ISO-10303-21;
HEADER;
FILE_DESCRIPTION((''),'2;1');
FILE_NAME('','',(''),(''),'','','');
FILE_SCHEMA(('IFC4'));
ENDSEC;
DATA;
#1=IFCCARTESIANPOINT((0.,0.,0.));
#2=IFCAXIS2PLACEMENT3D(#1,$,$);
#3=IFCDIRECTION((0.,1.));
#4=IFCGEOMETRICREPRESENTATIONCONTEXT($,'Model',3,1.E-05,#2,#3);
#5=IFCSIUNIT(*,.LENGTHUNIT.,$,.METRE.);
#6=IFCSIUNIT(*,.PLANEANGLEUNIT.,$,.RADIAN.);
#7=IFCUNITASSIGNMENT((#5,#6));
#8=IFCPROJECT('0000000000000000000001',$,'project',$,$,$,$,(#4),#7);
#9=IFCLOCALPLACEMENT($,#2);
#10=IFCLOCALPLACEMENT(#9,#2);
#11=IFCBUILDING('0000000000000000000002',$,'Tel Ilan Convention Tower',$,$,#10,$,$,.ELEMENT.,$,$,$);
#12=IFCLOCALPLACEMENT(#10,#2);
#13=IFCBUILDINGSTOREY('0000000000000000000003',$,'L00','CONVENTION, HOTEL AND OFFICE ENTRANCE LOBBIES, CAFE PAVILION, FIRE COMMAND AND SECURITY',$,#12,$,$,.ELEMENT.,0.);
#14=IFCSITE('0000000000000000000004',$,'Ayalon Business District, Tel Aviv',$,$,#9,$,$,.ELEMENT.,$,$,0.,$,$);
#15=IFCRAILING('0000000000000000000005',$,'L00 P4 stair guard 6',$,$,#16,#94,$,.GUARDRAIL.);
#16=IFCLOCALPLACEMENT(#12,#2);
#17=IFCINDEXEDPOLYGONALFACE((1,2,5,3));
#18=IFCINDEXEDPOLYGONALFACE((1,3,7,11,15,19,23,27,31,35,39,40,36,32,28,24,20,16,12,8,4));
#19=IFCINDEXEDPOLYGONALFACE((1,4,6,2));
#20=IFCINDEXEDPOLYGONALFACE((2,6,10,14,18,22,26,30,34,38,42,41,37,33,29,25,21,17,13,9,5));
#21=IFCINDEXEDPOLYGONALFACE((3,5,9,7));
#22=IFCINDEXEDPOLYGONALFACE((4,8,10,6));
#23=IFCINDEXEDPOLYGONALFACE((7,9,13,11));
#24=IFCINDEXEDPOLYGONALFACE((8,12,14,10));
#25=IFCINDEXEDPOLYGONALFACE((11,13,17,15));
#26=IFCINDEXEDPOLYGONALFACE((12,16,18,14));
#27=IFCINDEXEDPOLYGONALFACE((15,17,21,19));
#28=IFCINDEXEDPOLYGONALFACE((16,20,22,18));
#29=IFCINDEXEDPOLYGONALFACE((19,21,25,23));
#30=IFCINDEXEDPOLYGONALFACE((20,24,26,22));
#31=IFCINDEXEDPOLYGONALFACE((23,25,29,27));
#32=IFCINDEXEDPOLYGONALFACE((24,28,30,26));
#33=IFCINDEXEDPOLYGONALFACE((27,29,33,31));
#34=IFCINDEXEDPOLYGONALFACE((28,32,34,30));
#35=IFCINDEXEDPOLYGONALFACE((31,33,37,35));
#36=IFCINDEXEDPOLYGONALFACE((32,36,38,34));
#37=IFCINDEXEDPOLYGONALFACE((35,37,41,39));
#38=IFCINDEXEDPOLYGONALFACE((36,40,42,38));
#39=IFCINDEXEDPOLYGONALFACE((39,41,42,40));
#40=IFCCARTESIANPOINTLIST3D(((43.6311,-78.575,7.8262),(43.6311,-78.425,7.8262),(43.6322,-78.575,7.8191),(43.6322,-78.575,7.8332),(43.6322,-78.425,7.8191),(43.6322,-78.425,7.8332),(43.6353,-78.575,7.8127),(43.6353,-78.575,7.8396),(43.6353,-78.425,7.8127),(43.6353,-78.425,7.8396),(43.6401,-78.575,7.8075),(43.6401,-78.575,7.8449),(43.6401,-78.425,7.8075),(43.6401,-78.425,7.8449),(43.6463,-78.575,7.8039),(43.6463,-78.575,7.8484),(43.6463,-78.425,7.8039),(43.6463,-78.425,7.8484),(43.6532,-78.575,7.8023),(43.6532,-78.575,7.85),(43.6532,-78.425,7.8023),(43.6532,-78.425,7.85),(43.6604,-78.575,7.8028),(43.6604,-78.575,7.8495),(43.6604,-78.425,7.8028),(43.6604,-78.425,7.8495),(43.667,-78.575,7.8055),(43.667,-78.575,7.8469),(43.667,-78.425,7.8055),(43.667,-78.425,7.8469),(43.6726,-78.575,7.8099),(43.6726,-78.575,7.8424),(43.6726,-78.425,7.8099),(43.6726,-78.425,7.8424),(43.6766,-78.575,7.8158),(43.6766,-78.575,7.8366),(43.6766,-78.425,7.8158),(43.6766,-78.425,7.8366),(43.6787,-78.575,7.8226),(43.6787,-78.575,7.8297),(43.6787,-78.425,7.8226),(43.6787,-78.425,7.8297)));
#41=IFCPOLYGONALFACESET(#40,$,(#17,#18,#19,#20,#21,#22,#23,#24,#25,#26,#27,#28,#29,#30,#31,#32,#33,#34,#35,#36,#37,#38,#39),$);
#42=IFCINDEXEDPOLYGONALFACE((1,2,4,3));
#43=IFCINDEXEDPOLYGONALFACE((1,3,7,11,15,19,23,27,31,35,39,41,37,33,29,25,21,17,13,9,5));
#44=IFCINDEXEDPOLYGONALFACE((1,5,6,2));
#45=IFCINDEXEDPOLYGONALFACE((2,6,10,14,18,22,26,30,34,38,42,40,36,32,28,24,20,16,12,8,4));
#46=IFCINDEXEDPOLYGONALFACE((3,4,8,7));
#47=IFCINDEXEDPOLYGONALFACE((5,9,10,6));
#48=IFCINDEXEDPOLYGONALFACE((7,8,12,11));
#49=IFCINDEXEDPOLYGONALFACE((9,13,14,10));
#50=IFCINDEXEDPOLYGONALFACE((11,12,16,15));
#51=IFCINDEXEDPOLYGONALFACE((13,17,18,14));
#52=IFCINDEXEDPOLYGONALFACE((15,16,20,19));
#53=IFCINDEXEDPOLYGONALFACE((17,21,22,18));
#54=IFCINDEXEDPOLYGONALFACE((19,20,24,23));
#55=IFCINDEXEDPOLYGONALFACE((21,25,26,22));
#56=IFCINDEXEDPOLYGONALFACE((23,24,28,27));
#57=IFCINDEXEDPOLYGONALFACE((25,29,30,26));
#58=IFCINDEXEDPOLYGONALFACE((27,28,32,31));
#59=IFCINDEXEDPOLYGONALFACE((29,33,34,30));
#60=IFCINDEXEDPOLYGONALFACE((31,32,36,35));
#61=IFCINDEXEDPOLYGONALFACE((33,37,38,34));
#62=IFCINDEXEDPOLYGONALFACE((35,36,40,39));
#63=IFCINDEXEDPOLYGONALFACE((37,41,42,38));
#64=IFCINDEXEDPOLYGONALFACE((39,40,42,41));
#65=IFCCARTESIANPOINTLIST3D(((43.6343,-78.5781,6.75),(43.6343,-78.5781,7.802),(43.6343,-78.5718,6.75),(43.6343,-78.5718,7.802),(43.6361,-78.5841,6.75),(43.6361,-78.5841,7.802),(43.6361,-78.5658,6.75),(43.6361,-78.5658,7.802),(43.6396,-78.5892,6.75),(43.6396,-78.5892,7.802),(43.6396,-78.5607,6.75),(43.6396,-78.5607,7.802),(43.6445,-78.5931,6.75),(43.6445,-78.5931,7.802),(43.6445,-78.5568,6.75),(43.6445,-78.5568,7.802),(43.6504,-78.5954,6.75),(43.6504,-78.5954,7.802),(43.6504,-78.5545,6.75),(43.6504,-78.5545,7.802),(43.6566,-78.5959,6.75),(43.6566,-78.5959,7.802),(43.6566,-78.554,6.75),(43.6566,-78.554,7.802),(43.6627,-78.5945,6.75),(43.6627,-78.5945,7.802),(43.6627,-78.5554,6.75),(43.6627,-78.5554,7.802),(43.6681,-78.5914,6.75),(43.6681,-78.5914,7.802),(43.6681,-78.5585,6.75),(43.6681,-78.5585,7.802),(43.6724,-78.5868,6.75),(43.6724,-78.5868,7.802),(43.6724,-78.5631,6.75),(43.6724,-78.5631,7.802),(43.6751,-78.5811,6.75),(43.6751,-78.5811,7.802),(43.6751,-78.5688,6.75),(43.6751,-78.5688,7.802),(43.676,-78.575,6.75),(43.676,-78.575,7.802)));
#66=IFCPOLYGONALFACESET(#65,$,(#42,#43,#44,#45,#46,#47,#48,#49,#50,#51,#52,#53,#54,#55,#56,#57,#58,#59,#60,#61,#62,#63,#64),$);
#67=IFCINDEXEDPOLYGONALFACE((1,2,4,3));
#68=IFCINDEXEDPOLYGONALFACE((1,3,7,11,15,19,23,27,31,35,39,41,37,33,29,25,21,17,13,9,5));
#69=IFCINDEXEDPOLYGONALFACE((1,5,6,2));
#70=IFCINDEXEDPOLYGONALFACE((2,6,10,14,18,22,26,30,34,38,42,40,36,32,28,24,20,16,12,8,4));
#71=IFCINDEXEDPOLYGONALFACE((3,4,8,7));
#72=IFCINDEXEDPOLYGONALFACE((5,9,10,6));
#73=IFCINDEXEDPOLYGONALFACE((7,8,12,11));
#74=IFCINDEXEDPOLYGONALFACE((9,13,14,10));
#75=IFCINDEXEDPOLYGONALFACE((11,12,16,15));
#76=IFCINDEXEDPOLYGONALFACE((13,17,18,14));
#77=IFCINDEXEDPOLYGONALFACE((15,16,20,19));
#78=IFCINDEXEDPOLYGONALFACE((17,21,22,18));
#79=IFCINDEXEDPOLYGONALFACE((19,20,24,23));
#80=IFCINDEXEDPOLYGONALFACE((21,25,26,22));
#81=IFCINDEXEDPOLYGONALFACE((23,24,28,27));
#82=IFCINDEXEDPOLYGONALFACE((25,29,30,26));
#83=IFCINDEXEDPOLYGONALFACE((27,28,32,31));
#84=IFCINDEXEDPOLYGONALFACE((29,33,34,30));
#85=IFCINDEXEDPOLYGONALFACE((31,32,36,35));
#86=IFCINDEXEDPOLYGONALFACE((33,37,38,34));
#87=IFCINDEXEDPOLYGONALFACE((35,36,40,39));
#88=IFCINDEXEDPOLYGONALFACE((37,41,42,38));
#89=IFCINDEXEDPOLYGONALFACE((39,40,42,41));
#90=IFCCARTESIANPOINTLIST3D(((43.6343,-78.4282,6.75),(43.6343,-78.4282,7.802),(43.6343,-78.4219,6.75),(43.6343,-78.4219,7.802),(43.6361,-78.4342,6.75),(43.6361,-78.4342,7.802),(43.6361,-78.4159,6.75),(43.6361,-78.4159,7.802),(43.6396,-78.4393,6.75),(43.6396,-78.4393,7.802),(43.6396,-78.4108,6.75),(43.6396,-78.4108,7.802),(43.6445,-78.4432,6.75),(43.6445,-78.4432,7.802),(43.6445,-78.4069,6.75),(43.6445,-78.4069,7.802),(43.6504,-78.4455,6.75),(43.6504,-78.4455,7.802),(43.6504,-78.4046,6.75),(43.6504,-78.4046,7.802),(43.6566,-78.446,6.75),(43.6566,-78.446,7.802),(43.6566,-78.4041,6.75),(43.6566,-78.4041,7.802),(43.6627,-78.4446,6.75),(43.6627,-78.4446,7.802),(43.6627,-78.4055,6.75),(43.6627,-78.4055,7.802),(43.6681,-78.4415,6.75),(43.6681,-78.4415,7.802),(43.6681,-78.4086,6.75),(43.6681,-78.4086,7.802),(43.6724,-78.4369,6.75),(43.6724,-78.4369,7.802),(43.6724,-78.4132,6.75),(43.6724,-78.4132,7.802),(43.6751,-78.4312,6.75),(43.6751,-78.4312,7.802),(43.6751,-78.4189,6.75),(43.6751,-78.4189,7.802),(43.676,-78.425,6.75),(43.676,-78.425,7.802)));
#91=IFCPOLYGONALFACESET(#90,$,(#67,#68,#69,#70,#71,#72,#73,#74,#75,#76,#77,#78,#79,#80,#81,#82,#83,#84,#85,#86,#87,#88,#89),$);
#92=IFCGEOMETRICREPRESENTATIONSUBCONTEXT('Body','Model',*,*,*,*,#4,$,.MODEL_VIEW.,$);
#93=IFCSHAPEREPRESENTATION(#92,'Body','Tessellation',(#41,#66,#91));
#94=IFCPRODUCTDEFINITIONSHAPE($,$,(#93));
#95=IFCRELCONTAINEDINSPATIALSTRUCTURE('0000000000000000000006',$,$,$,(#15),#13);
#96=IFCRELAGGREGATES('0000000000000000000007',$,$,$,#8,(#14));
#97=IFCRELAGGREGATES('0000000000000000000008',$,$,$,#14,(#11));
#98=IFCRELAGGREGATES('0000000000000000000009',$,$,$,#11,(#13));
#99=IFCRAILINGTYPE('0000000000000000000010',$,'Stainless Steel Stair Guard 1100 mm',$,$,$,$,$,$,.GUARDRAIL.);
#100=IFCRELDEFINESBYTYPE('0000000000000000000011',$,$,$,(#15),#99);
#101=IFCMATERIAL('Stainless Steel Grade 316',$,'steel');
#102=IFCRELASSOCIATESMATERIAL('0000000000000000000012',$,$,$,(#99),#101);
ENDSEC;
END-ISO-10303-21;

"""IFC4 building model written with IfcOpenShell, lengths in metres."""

from ifc_helpers import new_model, si_unit, direction, frame, origin, origin_2d, place, context, subcontext, project, spatial, circle, extrude, material, type_object, element, save


model = new_model("IFC4")

# Units and contexts
model_context = context("Model", 3, precision=1e-05, world=origin(), true_north=direction((0.0, 1.0)))
body_context = subcontext(model_context, "Body", "Model", "MODEL_VIEW")
ifc_project = project(units=[si_unit("LENGTHUNIT", "METRE"), si_unit("PLANEANGLEUNIT", "RADIAN")], contexts=[model_context])

# Site, building, storey
site_placement = place(None, origin())
site = spatial("IfcSite", under=ifc_project, at=site_placement, Name="Ayalon Business District, Tel Aviv", CompositionType="ELEMENT", RefElevation=0.0)
building_placement = place(site_placement, origin())
building = spatial("IfcBuilding", under=site, at=building_placement, Name="Tel Ilan Convention Tower", CompositionType="ELEMENT")
storey_placement = place(building_placement, origin())
storey = spatial("IfcBuildingStorey", under=building, at=storey_placement, Name="L00", Description="CONVENTION, HOTEL AND OFFICE ENTRANCE LOBBIES, CAFE PAVILION, FIRE COMMAND AND SECURITY", CompositionType="ELEMENT", Elevation=0.0)

# Railing
ifc_material_1 = material(Name="Stainless Steel Grade 316", Category="steel")
railing_type_1 = type_object("IfcRailingType", Name="Stainless Steel Stair Guard 1100 mm", PredefinedType="GUARDRAIL", material=ifc_material_1)
railing_1_placement = place(storey_placement, frame((43.655, -78.575, 6.75)))
element("IfcRailing", 1, at=railing_1_placement, inside=storey, type_object=railing_type_1, Name="L00 P4 stair guard 6", PredefinedType="GUARDRAIL", context=body_context, shape_type="SweptSolid", body=[
    extrude(circle(Radius=0.0239, at=origin_2d()), frame((0.0, 0.0, 1.0762), z_axis=(0.0, 1.0, 0.0), x_axis=(-1.0, 0.0, 0.0)), (0.0, 0.0, 1.0), 0.1499),
    extrude(circle(Radius=0.021, at=origin_2d()), origin(), (0.0, 0.0, 1.0), 1.052),
    extrude(circle(Radius=0.021, at=origin_2d()), frame((0.0, 0.1499, 0.0)), (0.0, 0.0, 1.0), 1.052),
])

save(model, "model.ifc")
